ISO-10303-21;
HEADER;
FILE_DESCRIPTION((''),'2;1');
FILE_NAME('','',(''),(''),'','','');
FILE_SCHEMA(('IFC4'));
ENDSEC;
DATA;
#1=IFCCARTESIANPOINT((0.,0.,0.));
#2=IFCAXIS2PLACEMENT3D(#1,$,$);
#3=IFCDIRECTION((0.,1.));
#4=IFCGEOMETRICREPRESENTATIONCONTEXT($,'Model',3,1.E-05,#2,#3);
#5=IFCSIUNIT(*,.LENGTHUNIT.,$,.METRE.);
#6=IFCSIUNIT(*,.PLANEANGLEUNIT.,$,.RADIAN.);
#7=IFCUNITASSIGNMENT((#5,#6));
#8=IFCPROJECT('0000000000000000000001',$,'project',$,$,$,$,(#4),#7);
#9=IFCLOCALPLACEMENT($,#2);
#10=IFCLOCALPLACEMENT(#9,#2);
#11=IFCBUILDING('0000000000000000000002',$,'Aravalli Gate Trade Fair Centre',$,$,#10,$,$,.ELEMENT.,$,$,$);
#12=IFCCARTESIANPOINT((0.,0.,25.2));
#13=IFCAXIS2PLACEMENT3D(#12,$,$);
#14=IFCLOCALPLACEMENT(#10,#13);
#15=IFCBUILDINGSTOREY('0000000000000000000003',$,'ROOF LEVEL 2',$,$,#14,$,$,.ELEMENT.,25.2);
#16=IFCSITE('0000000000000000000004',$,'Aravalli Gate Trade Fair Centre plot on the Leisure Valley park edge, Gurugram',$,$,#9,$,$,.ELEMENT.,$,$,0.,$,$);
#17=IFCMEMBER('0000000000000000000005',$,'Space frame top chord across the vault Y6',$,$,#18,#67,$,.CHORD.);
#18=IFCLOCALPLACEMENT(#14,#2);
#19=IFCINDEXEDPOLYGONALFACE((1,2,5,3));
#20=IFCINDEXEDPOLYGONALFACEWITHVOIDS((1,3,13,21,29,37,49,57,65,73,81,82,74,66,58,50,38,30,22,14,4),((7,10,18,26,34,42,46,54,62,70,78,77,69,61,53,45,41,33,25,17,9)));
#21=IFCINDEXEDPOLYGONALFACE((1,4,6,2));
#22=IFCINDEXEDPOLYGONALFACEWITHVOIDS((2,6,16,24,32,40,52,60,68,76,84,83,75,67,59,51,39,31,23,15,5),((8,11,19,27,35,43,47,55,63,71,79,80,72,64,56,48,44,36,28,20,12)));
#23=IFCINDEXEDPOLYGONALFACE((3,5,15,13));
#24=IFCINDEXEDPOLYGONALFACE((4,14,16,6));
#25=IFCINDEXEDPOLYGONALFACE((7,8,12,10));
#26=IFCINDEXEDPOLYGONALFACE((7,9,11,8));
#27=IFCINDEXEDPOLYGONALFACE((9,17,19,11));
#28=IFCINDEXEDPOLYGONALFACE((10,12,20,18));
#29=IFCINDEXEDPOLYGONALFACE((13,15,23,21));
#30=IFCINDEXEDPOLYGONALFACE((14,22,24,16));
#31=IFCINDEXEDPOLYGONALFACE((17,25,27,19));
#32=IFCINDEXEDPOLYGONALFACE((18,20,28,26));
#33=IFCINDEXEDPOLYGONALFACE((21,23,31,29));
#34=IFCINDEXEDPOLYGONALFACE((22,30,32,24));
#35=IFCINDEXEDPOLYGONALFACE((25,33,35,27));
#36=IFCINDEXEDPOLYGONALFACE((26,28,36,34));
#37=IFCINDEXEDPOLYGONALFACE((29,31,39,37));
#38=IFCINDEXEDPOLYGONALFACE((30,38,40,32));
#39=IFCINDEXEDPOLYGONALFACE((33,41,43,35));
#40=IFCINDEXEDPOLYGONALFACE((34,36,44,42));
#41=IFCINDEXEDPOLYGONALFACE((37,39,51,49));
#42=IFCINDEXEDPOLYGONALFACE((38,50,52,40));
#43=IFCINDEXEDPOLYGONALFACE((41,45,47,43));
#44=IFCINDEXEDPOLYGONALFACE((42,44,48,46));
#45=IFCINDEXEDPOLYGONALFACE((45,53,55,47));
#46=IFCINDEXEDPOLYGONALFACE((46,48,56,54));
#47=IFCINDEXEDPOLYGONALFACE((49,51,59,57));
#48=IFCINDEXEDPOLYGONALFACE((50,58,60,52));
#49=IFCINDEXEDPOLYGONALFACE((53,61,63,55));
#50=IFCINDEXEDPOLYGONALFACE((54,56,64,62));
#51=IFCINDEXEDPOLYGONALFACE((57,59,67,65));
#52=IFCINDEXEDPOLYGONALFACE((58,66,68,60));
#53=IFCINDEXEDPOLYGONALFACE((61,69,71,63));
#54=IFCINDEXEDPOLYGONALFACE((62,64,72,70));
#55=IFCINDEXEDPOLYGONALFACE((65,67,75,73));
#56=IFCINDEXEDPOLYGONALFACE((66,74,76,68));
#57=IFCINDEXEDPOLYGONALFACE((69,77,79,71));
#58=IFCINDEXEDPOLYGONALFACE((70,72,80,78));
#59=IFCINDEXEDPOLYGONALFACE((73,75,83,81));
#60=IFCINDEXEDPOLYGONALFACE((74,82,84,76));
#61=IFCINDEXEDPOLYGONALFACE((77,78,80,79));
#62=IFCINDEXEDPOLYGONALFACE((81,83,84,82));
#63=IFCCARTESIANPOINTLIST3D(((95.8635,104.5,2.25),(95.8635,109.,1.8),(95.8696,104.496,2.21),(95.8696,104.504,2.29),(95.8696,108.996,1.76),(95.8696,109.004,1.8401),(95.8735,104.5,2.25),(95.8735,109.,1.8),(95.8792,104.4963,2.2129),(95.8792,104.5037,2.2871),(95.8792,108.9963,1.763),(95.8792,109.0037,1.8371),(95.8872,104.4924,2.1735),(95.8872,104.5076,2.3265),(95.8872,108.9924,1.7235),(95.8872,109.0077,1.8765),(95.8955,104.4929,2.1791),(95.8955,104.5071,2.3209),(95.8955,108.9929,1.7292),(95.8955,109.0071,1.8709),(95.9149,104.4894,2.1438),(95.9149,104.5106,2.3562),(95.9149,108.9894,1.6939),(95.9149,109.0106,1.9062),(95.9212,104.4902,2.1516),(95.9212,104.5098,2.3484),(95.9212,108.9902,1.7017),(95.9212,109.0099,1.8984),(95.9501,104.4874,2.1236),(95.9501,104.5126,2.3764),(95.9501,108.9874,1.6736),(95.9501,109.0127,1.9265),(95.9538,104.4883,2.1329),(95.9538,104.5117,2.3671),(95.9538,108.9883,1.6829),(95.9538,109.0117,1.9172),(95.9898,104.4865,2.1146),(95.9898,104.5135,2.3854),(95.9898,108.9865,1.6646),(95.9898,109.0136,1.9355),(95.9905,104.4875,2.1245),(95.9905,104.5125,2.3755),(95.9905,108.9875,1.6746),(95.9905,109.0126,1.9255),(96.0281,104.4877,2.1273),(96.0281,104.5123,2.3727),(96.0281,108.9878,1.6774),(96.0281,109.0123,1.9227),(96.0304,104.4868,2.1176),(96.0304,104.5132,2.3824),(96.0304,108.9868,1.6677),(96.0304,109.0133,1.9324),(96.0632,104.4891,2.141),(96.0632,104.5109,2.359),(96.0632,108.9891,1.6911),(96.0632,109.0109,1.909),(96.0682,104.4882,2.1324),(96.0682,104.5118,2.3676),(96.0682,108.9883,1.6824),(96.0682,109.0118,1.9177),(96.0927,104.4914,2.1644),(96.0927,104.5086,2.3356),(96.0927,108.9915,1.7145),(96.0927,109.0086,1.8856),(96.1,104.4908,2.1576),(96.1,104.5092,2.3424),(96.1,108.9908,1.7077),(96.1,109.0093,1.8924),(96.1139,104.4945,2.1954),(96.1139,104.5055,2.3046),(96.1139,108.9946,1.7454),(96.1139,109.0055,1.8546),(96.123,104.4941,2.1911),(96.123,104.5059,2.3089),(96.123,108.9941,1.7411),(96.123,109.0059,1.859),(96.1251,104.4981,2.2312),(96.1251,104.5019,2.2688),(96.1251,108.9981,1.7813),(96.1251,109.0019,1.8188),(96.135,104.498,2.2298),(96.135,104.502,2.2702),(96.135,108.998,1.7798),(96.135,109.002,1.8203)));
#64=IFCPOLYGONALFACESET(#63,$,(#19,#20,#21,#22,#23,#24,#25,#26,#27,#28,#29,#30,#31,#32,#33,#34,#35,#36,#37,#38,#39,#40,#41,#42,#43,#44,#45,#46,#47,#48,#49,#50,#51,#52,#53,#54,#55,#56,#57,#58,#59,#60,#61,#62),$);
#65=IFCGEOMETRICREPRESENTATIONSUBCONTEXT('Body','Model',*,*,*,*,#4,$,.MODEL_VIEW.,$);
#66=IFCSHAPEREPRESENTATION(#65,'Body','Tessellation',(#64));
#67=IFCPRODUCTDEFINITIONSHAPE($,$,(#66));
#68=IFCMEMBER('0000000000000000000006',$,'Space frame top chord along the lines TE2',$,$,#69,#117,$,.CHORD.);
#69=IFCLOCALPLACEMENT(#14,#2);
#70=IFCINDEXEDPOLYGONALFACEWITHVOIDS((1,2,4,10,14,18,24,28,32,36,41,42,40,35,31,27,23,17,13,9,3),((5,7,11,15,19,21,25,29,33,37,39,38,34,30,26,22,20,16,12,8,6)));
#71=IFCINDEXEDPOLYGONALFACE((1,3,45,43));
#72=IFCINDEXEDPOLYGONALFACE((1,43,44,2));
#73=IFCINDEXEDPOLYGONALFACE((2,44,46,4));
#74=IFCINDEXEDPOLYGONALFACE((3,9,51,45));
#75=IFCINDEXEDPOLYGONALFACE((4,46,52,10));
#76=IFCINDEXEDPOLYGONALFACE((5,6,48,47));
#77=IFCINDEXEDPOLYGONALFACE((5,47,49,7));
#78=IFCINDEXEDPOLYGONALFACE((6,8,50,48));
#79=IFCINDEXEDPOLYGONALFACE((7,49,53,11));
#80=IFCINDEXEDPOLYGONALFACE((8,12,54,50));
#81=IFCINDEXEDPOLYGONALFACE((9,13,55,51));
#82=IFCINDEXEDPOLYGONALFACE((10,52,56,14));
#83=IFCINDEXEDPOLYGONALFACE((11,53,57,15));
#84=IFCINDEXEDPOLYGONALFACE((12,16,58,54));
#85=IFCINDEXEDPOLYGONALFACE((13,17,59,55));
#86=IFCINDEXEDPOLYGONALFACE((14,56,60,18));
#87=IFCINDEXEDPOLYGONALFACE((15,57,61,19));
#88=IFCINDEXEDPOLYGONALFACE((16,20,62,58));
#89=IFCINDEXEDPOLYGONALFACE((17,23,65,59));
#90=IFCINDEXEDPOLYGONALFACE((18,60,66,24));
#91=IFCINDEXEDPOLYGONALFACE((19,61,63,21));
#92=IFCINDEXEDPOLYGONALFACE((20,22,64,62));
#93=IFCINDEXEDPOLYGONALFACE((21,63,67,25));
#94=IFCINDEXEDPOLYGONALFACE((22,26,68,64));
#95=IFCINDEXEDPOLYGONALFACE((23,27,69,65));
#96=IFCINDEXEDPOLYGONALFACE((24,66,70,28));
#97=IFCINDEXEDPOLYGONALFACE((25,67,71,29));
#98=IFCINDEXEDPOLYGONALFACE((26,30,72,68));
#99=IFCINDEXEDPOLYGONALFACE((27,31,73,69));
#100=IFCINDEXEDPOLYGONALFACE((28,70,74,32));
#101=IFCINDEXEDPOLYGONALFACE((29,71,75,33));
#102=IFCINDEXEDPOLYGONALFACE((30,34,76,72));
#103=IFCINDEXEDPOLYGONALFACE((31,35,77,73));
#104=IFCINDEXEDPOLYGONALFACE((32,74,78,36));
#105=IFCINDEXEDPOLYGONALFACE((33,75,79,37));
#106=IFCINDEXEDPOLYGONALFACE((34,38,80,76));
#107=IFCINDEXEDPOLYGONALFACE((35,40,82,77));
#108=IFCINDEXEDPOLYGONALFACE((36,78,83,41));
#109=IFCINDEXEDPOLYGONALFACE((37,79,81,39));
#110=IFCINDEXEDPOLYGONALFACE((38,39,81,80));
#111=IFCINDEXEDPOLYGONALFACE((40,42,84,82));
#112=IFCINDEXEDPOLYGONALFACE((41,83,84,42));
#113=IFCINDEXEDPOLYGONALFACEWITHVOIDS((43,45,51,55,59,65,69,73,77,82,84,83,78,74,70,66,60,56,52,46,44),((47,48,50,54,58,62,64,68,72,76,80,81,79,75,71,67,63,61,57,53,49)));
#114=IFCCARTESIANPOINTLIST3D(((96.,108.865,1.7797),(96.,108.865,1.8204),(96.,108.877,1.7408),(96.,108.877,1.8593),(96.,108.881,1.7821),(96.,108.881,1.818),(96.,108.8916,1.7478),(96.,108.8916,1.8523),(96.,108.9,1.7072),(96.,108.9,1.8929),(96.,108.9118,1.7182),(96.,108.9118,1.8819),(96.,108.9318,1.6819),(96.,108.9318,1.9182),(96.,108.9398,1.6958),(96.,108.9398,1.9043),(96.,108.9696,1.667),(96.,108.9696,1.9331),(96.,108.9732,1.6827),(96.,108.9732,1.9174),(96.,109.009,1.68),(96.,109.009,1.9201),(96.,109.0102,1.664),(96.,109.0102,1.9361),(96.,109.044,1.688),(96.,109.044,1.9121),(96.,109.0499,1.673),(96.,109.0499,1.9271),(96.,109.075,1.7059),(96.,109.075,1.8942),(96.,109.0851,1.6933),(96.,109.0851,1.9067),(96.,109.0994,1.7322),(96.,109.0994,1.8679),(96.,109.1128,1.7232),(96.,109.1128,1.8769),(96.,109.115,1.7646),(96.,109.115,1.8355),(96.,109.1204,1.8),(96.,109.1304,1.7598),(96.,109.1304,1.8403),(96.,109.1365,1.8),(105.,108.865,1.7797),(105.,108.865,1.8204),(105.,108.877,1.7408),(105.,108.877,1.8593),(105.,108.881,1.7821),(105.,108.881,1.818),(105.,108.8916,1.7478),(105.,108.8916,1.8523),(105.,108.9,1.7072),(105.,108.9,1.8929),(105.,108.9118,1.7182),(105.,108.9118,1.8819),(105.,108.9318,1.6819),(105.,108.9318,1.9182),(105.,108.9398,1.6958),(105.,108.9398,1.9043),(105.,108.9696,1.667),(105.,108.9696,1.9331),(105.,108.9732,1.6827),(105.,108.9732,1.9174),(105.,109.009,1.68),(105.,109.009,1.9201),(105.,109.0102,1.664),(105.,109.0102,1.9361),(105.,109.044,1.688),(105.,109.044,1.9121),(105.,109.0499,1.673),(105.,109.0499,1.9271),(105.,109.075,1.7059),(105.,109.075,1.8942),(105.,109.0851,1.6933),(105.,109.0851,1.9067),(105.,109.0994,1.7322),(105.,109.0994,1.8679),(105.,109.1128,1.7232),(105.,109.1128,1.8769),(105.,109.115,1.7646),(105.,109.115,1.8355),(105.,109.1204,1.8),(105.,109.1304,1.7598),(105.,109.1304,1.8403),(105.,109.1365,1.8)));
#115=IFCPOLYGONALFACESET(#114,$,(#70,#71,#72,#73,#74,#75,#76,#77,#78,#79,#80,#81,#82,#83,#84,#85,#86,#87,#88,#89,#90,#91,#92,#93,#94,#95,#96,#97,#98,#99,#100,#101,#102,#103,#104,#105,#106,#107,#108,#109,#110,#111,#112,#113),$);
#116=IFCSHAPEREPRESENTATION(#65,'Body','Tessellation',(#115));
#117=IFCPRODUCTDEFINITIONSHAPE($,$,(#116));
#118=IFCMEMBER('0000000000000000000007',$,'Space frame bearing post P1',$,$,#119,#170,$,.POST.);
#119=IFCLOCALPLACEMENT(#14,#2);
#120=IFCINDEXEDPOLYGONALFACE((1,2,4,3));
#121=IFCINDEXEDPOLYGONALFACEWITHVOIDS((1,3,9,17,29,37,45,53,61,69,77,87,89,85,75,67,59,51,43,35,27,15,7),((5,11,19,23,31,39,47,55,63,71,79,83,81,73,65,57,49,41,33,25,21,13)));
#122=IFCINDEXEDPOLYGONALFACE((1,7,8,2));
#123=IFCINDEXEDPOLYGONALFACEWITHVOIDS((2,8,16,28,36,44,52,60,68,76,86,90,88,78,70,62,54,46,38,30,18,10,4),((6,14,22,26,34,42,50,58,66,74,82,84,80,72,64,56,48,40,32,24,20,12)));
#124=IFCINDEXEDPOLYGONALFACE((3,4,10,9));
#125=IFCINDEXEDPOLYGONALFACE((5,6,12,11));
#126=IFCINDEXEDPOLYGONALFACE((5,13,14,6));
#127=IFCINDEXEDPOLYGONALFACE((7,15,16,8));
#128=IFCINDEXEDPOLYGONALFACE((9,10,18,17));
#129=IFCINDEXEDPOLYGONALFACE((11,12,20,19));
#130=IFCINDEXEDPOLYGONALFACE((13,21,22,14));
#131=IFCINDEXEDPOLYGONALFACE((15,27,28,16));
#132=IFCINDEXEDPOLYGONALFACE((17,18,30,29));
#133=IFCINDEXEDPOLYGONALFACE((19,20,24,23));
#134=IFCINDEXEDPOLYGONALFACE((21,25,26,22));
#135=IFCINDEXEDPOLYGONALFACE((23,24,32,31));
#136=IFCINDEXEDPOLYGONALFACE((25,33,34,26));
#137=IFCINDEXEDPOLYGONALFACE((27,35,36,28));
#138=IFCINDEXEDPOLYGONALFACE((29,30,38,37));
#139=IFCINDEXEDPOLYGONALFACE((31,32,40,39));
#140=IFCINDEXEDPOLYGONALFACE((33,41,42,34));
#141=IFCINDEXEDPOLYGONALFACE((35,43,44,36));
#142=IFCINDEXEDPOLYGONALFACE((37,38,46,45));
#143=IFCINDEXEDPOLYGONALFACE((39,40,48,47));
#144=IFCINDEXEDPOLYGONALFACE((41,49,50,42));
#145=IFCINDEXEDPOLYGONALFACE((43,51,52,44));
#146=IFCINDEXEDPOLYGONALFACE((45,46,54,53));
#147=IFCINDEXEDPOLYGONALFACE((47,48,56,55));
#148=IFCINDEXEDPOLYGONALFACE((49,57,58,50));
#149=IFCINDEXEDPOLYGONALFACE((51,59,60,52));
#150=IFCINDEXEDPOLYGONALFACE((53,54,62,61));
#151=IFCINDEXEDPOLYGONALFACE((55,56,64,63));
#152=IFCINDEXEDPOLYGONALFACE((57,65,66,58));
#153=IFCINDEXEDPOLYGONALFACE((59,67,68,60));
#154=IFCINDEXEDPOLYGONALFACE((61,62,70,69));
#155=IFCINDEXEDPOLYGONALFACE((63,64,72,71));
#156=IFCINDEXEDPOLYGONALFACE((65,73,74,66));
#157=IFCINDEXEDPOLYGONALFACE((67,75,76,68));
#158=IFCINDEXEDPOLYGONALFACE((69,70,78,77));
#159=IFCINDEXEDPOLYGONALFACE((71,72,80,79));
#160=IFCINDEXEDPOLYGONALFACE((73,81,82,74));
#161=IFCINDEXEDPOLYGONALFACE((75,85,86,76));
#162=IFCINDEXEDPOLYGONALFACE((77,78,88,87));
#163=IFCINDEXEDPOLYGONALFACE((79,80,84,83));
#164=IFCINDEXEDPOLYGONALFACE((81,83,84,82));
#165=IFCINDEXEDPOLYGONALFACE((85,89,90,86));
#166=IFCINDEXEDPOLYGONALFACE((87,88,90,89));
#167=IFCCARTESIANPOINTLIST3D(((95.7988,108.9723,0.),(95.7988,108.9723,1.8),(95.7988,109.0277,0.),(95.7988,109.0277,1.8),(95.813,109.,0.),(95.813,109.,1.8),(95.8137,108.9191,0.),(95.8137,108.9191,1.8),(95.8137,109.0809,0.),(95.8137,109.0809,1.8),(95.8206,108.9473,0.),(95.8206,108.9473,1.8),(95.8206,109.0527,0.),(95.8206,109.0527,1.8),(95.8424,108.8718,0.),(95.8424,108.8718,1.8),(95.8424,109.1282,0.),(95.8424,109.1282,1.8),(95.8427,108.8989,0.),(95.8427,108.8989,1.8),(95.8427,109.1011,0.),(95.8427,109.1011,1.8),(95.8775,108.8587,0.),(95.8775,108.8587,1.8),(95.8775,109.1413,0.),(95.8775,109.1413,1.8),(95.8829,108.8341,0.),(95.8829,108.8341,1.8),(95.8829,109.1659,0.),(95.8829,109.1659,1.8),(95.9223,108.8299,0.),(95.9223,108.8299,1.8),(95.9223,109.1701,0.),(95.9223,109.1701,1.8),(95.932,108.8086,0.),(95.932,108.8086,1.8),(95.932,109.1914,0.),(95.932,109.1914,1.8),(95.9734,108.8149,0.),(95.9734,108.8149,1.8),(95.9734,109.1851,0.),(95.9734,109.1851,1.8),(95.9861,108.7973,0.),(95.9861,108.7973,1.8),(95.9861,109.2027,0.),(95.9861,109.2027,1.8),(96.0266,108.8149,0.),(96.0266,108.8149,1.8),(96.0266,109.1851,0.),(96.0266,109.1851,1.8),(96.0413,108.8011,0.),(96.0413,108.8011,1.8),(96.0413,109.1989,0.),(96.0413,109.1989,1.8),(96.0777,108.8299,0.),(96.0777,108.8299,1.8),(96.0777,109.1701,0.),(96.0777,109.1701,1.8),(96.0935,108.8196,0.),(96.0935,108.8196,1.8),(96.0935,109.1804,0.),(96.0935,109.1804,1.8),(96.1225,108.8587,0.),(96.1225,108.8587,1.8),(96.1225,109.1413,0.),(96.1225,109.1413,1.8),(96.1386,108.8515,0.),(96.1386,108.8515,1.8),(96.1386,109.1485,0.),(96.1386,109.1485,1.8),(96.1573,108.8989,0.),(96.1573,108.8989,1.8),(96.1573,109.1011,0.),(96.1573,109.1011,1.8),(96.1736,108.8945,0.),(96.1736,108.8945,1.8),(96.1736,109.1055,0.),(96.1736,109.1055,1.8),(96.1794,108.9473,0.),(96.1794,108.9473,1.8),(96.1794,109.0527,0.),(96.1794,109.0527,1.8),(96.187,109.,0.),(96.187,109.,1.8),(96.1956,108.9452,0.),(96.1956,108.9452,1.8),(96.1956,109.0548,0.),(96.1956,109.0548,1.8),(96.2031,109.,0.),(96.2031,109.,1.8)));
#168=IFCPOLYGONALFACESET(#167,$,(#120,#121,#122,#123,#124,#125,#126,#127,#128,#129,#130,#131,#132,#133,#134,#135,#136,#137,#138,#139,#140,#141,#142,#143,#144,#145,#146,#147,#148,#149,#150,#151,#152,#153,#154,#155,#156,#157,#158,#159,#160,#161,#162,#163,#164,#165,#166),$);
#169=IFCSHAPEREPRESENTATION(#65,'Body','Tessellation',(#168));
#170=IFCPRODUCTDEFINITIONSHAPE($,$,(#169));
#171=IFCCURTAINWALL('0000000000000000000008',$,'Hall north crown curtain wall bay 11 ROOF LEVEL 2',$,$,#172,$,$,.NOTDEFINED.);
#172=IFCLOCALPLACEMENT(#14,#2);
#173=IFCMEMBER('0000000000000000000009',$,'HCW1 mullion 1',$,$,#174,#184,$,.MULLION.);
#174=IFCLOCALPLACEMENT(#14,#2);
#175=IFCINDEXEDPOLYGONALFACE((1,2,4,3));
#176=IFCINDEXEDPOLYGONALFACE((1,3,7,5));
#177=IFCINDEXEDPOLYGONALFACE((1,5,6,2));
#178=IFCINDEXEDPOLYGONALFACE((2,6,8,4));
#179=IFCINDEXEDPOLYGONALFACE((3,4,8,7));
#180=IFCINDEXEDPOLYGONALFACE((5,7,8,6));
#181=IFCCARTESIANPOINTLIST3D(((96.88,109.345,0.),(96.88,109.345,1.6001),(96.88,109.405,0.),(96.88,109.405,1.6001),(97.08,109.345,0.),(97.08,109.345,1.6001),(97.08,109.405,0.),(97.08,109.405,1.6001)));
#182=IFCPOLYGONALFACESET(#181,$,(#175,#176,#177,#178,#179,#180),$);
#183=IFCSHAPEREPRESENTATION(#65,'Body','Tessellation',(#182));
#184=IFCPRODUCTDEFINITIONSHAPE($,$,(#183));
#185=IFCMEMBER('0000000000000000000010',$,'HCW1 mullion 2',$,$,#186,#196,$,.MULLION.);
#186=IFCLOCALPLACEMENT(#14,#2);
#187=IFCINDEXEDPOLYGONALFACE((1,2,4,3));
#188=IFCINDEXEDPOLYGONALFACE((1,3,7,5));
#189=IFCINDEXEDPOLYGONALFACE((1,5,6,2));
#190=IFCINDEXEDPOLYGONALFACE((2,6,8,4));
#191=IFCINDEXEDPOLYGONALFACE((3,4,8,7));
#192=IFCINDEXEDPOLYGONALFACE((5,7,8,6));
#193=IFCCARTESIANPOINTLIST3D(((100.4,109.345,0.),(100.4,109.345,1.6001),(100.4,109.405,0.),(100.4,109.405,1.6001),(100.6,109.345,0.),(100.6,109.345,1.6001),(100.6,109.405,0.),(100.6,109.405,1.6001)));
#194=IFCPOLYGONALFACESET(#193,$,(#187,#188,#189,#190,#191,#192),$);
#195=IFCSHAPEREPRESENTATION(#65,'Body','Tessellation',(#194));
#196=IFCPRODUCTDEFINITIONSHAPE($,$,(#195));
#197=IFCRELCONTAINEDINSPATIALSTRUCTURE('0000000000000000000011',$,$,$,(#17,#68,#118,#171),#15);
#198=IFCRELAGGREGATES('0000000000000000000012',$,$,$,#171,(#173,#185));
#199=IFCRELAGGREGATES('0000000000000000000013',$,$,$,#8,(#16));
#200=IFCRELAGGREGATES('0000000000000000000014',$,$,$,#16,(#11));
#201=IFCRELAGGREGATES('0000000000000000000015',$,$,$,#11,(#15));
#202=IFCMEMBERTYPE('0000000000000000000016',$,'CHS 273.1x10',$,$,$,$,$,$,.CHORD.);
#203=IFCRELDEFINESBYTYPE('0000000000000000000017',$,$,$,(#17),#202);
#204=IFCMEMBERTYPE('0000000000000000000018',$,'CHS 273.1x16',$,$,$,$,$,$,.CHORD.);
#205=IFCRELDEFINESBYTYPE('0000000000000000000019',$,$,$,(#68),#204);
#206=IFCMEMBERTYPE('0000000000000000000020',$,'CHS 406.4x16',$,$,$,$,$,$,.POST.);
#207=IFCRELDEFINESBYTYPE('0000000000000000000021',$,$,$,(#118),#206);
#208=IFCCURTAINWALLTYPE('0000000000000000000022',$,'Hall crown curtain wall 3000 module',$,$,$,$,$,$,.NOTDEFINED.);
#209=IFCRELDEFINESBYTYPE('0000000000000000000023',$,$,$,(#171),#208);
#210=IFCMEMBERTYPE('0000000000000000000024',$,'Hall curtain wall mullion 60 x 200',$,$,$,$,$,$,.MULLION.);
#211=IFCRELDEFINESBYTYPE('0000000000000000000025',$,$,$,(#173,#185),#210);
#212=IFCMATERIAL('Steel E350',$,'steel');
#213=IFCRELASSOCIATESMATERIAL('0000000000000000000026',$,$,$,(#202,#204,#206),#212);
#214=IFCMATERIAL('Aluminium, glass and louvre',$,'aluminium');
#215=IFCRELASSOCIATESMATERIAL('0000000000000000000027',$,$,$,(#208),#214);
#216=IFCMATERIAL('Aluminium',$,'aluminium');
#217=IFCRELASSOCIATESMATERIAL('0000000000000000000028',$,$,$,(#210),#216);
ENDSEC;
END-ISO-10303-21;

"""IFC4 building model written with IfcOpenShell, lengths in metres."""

from ifc_helpers import new_model, si_unit, direction, frame, origin, origin_2d, place, context, subcontext, project, spatial, rectangle, hollow_circle, extrude, material, material_profile, profile_set, type_object, element, aggregate, save


model = new_model("IFC4")

# Units and contexts
model_context = context("Model", 3, precision=1e-05, world=origin(), true_north=direction((0.0, 1.0)))
body_context = subcontext(model_context, "Body", "Model", "MODEL_VIEW")
ifc_project = project(units=[si_unit("LENGTHUNIT", "METRE"), si_unit("PLANEANGLEUNIT", "RADIAN")], contexts=[model_context])

# Site, building, storey
site_placement = place(None, origin())
site = spatial("IfcSite", under=ifc_project, at=site_placement, Name="Aravalli Gate Trade Fair Centre plot on the Leisure Valley park edge, Gurugram", CompositionType="ELEMENT", RefElevation=0.0)
building_placement = place(site_placement, origin())
building = spatial("IfcBuilding", under=site, at=building_placement, Name="Aravalli Gate Trade Fair Centre", CompositionType="ELEMENT")
storey_placement = place(building_placement, frame((0.0, 0.0, 25.2)))
storey = spatial("IfcBuildingStorey", under=building, at=storey_placement, Name="ROOF LEVEL 2", CompositionType="ELEMENT", Elevation=25.2)

# Members
ifc_material_1 = material(Name="Steel E350", Category="steel")
ifc_material_profile_1 = material_profile(ifc_material_1, hollow_circle(Radius=0.1365, WallThickness=0.01, at=origin_2d()), Name="CHS 273.1x10")
ifc_profile_set_1 = profile_set([ifc_material_profile_1], Name="Steel E350")
member_type_1 = type_object("IfcMemberType", Name="CHS 273.1x10", PredefinedType="CHORD", material=ifc_profile_set_1)
member_1_placement = place(storey_placement, frame((96.0, 104.5, 2.25), z_axis=(0.0, 0.995038, -0.099493), x_axis=(-1.0, 0.0, 0.0)))
element("IfcMember", 1, at=member_1_placement, inside=storey, type_object=member_type_1, Name="Space frame top chord across the vault Y6", PredefinedType="CHORD", context=body_context, shape_type="SweptSolid", body=[
    extrude(hollow_circle(Radius=0.1365, WallThickness=0.01, at=origin_2d()), origin(), (0.0, 0.0, 1.0), 4.5225),
])
ifc_material_profile_2 = material_profile(ifc_material_1, hollow_circle(Radius=0.1365, WallThickness=0.0161, at=origin_2d()), Name="CHS 273.1x16")
ifc_profile_set_2 = profile_set([ifc_material_profile_2], Name="Steel E350")
member_type_2 = type_object("IfcMemberType", Name="CHS 273.1x16", PredefinedType="CHORD", material=ifc_profile_set_2)
member_2_placement = place(storey_placement, frame((96.0, 109.0, 1.8), z_axis=(1.0, 0.0, 0.0), x_axis=(0.0, 1.0, 0.0)))
element("IfcMember", 2, at=member_2_placement, inside=storey, type_object=member_type_2, Name="Space frame top chord along the lines TE2", PredefinedType="CHORD", context=body_context, shape_type="SweptSolid", body=[
    extrude(hollow_circle(Radius=0.1365, WallThickness=0.0161, at=origin_2d()), origin(), (0.0, 0.0, 1.0), 9.0),
])
ifc_material_profile_3 = material_profile(ifc_material_1, hollow_circle(Radius=0.2031, WallThickness=0.0161, at=origin_2d()), Name="CHS 406.4x16")
ifc_profile_set_3 = profile_set([ifc_material_profile_3], Name="Steel E350")
member_type_3 = type_object("IfcMemberType", Name="CHS 406.4x16", PredefinedType="POST", material=ifc_profile_set_3)
member_3_placement = place(storey_placement, frame((96.0, 109.0, 0.0), z_axis=(0.0, 0.0, 1.0), x_axis=(1.0, 0.0, 0.0)))
element("IfcMember", 3, at=member_3_placement, inside=storey, type_object=member_type_3, Name="Space frame bearing post P1", PredefinedType="POST", context=body_context, shape_type="SweptSolid", body=[
    extrude(hollow_circle(Radius=0.2031, WallThickness=0.0161, at=origin_2d()), origin(), (0.0, 0.0, 1.0), 1.8),
])

# Curtain wall, members
ifc_material_2 = material(Name="Aluminium, glass and louvre", Category="aluminium")
curtain_wall_type = type_object("IfcCurtainWallType", Name="Hall crown curtain wall 3000 module", PredefinedType="NOTDEFINED", material=ifc_material_2)
curtain_wall_placement = place(storey_placement, origin())
curtain_wall = element("IfcCurtainWall", 4, at=curtain_wall_placement, inside=storey, type_object=curtain_wall_type, Name="Hall north crown curtain wall bay 11 ROOF LEVEL 2", PredefinedType="NOTDEFINED")
ifc_material_3 = material(Name="Aluminium", Category="aluminium")
ifc_material_profile_4 = material_profile(ifc_material_3, rectangle(XDim=0.0601, YDim=0.2, at=origin_2d()), Name="Hall curtain wall mullion 60 x 200")
ifc_profile_set_4 = profile_set([ifc_material_profile_4], Name="Aluminium")
member_type_4 = type_object("IfcMemberType", Name="Hall curtain wall mullion 60 x 200", PredefinedType="MULLION", material=ifc_profile_set_4)
member_4_placement = place(storey_placement, frame((96.98, 109.375, 0.0), z_axis=(0.0, 0.0, 1.0), x_axis=(0.0, 1.0, 0.0)))
member_4 = element("IfcMember", 5, at=member_4_placement, type_object=member_type_4, Name="HCW1 mullion 1", PredefinedType="MULLION", context=body_context, shape_type="SweptSolid", body=[
    extrude(rectangle(XDim=0.0601, YDim=0.2, at=origin_2d()), origin(), (0.0, 0.0, 1.0), 1.6001),
])
member_5_placement = place(storey_placement, frame((100.5, 109.375, 0.0), z_axis=(0.0, 0.0, 1.0), x_axis=(0.0, 1.0, 0.0)))
member_5 = element("IfcMember", 6, at=member_5_placement, type_object=member_type_4, Name="HCW1 mullion 2", PredefinedType="MULLION", context=body_context, shape_type="SweptSolid", body=[
    extrude(rectangle(XDim=0.0601, YDim=0.2, at=origin_2d()), origin(), (0.0, 0.0, 1.0), 1.6001),
])
aggregate(curtain_wall, [member_4, member_5])

save(model, "model.ifc")
